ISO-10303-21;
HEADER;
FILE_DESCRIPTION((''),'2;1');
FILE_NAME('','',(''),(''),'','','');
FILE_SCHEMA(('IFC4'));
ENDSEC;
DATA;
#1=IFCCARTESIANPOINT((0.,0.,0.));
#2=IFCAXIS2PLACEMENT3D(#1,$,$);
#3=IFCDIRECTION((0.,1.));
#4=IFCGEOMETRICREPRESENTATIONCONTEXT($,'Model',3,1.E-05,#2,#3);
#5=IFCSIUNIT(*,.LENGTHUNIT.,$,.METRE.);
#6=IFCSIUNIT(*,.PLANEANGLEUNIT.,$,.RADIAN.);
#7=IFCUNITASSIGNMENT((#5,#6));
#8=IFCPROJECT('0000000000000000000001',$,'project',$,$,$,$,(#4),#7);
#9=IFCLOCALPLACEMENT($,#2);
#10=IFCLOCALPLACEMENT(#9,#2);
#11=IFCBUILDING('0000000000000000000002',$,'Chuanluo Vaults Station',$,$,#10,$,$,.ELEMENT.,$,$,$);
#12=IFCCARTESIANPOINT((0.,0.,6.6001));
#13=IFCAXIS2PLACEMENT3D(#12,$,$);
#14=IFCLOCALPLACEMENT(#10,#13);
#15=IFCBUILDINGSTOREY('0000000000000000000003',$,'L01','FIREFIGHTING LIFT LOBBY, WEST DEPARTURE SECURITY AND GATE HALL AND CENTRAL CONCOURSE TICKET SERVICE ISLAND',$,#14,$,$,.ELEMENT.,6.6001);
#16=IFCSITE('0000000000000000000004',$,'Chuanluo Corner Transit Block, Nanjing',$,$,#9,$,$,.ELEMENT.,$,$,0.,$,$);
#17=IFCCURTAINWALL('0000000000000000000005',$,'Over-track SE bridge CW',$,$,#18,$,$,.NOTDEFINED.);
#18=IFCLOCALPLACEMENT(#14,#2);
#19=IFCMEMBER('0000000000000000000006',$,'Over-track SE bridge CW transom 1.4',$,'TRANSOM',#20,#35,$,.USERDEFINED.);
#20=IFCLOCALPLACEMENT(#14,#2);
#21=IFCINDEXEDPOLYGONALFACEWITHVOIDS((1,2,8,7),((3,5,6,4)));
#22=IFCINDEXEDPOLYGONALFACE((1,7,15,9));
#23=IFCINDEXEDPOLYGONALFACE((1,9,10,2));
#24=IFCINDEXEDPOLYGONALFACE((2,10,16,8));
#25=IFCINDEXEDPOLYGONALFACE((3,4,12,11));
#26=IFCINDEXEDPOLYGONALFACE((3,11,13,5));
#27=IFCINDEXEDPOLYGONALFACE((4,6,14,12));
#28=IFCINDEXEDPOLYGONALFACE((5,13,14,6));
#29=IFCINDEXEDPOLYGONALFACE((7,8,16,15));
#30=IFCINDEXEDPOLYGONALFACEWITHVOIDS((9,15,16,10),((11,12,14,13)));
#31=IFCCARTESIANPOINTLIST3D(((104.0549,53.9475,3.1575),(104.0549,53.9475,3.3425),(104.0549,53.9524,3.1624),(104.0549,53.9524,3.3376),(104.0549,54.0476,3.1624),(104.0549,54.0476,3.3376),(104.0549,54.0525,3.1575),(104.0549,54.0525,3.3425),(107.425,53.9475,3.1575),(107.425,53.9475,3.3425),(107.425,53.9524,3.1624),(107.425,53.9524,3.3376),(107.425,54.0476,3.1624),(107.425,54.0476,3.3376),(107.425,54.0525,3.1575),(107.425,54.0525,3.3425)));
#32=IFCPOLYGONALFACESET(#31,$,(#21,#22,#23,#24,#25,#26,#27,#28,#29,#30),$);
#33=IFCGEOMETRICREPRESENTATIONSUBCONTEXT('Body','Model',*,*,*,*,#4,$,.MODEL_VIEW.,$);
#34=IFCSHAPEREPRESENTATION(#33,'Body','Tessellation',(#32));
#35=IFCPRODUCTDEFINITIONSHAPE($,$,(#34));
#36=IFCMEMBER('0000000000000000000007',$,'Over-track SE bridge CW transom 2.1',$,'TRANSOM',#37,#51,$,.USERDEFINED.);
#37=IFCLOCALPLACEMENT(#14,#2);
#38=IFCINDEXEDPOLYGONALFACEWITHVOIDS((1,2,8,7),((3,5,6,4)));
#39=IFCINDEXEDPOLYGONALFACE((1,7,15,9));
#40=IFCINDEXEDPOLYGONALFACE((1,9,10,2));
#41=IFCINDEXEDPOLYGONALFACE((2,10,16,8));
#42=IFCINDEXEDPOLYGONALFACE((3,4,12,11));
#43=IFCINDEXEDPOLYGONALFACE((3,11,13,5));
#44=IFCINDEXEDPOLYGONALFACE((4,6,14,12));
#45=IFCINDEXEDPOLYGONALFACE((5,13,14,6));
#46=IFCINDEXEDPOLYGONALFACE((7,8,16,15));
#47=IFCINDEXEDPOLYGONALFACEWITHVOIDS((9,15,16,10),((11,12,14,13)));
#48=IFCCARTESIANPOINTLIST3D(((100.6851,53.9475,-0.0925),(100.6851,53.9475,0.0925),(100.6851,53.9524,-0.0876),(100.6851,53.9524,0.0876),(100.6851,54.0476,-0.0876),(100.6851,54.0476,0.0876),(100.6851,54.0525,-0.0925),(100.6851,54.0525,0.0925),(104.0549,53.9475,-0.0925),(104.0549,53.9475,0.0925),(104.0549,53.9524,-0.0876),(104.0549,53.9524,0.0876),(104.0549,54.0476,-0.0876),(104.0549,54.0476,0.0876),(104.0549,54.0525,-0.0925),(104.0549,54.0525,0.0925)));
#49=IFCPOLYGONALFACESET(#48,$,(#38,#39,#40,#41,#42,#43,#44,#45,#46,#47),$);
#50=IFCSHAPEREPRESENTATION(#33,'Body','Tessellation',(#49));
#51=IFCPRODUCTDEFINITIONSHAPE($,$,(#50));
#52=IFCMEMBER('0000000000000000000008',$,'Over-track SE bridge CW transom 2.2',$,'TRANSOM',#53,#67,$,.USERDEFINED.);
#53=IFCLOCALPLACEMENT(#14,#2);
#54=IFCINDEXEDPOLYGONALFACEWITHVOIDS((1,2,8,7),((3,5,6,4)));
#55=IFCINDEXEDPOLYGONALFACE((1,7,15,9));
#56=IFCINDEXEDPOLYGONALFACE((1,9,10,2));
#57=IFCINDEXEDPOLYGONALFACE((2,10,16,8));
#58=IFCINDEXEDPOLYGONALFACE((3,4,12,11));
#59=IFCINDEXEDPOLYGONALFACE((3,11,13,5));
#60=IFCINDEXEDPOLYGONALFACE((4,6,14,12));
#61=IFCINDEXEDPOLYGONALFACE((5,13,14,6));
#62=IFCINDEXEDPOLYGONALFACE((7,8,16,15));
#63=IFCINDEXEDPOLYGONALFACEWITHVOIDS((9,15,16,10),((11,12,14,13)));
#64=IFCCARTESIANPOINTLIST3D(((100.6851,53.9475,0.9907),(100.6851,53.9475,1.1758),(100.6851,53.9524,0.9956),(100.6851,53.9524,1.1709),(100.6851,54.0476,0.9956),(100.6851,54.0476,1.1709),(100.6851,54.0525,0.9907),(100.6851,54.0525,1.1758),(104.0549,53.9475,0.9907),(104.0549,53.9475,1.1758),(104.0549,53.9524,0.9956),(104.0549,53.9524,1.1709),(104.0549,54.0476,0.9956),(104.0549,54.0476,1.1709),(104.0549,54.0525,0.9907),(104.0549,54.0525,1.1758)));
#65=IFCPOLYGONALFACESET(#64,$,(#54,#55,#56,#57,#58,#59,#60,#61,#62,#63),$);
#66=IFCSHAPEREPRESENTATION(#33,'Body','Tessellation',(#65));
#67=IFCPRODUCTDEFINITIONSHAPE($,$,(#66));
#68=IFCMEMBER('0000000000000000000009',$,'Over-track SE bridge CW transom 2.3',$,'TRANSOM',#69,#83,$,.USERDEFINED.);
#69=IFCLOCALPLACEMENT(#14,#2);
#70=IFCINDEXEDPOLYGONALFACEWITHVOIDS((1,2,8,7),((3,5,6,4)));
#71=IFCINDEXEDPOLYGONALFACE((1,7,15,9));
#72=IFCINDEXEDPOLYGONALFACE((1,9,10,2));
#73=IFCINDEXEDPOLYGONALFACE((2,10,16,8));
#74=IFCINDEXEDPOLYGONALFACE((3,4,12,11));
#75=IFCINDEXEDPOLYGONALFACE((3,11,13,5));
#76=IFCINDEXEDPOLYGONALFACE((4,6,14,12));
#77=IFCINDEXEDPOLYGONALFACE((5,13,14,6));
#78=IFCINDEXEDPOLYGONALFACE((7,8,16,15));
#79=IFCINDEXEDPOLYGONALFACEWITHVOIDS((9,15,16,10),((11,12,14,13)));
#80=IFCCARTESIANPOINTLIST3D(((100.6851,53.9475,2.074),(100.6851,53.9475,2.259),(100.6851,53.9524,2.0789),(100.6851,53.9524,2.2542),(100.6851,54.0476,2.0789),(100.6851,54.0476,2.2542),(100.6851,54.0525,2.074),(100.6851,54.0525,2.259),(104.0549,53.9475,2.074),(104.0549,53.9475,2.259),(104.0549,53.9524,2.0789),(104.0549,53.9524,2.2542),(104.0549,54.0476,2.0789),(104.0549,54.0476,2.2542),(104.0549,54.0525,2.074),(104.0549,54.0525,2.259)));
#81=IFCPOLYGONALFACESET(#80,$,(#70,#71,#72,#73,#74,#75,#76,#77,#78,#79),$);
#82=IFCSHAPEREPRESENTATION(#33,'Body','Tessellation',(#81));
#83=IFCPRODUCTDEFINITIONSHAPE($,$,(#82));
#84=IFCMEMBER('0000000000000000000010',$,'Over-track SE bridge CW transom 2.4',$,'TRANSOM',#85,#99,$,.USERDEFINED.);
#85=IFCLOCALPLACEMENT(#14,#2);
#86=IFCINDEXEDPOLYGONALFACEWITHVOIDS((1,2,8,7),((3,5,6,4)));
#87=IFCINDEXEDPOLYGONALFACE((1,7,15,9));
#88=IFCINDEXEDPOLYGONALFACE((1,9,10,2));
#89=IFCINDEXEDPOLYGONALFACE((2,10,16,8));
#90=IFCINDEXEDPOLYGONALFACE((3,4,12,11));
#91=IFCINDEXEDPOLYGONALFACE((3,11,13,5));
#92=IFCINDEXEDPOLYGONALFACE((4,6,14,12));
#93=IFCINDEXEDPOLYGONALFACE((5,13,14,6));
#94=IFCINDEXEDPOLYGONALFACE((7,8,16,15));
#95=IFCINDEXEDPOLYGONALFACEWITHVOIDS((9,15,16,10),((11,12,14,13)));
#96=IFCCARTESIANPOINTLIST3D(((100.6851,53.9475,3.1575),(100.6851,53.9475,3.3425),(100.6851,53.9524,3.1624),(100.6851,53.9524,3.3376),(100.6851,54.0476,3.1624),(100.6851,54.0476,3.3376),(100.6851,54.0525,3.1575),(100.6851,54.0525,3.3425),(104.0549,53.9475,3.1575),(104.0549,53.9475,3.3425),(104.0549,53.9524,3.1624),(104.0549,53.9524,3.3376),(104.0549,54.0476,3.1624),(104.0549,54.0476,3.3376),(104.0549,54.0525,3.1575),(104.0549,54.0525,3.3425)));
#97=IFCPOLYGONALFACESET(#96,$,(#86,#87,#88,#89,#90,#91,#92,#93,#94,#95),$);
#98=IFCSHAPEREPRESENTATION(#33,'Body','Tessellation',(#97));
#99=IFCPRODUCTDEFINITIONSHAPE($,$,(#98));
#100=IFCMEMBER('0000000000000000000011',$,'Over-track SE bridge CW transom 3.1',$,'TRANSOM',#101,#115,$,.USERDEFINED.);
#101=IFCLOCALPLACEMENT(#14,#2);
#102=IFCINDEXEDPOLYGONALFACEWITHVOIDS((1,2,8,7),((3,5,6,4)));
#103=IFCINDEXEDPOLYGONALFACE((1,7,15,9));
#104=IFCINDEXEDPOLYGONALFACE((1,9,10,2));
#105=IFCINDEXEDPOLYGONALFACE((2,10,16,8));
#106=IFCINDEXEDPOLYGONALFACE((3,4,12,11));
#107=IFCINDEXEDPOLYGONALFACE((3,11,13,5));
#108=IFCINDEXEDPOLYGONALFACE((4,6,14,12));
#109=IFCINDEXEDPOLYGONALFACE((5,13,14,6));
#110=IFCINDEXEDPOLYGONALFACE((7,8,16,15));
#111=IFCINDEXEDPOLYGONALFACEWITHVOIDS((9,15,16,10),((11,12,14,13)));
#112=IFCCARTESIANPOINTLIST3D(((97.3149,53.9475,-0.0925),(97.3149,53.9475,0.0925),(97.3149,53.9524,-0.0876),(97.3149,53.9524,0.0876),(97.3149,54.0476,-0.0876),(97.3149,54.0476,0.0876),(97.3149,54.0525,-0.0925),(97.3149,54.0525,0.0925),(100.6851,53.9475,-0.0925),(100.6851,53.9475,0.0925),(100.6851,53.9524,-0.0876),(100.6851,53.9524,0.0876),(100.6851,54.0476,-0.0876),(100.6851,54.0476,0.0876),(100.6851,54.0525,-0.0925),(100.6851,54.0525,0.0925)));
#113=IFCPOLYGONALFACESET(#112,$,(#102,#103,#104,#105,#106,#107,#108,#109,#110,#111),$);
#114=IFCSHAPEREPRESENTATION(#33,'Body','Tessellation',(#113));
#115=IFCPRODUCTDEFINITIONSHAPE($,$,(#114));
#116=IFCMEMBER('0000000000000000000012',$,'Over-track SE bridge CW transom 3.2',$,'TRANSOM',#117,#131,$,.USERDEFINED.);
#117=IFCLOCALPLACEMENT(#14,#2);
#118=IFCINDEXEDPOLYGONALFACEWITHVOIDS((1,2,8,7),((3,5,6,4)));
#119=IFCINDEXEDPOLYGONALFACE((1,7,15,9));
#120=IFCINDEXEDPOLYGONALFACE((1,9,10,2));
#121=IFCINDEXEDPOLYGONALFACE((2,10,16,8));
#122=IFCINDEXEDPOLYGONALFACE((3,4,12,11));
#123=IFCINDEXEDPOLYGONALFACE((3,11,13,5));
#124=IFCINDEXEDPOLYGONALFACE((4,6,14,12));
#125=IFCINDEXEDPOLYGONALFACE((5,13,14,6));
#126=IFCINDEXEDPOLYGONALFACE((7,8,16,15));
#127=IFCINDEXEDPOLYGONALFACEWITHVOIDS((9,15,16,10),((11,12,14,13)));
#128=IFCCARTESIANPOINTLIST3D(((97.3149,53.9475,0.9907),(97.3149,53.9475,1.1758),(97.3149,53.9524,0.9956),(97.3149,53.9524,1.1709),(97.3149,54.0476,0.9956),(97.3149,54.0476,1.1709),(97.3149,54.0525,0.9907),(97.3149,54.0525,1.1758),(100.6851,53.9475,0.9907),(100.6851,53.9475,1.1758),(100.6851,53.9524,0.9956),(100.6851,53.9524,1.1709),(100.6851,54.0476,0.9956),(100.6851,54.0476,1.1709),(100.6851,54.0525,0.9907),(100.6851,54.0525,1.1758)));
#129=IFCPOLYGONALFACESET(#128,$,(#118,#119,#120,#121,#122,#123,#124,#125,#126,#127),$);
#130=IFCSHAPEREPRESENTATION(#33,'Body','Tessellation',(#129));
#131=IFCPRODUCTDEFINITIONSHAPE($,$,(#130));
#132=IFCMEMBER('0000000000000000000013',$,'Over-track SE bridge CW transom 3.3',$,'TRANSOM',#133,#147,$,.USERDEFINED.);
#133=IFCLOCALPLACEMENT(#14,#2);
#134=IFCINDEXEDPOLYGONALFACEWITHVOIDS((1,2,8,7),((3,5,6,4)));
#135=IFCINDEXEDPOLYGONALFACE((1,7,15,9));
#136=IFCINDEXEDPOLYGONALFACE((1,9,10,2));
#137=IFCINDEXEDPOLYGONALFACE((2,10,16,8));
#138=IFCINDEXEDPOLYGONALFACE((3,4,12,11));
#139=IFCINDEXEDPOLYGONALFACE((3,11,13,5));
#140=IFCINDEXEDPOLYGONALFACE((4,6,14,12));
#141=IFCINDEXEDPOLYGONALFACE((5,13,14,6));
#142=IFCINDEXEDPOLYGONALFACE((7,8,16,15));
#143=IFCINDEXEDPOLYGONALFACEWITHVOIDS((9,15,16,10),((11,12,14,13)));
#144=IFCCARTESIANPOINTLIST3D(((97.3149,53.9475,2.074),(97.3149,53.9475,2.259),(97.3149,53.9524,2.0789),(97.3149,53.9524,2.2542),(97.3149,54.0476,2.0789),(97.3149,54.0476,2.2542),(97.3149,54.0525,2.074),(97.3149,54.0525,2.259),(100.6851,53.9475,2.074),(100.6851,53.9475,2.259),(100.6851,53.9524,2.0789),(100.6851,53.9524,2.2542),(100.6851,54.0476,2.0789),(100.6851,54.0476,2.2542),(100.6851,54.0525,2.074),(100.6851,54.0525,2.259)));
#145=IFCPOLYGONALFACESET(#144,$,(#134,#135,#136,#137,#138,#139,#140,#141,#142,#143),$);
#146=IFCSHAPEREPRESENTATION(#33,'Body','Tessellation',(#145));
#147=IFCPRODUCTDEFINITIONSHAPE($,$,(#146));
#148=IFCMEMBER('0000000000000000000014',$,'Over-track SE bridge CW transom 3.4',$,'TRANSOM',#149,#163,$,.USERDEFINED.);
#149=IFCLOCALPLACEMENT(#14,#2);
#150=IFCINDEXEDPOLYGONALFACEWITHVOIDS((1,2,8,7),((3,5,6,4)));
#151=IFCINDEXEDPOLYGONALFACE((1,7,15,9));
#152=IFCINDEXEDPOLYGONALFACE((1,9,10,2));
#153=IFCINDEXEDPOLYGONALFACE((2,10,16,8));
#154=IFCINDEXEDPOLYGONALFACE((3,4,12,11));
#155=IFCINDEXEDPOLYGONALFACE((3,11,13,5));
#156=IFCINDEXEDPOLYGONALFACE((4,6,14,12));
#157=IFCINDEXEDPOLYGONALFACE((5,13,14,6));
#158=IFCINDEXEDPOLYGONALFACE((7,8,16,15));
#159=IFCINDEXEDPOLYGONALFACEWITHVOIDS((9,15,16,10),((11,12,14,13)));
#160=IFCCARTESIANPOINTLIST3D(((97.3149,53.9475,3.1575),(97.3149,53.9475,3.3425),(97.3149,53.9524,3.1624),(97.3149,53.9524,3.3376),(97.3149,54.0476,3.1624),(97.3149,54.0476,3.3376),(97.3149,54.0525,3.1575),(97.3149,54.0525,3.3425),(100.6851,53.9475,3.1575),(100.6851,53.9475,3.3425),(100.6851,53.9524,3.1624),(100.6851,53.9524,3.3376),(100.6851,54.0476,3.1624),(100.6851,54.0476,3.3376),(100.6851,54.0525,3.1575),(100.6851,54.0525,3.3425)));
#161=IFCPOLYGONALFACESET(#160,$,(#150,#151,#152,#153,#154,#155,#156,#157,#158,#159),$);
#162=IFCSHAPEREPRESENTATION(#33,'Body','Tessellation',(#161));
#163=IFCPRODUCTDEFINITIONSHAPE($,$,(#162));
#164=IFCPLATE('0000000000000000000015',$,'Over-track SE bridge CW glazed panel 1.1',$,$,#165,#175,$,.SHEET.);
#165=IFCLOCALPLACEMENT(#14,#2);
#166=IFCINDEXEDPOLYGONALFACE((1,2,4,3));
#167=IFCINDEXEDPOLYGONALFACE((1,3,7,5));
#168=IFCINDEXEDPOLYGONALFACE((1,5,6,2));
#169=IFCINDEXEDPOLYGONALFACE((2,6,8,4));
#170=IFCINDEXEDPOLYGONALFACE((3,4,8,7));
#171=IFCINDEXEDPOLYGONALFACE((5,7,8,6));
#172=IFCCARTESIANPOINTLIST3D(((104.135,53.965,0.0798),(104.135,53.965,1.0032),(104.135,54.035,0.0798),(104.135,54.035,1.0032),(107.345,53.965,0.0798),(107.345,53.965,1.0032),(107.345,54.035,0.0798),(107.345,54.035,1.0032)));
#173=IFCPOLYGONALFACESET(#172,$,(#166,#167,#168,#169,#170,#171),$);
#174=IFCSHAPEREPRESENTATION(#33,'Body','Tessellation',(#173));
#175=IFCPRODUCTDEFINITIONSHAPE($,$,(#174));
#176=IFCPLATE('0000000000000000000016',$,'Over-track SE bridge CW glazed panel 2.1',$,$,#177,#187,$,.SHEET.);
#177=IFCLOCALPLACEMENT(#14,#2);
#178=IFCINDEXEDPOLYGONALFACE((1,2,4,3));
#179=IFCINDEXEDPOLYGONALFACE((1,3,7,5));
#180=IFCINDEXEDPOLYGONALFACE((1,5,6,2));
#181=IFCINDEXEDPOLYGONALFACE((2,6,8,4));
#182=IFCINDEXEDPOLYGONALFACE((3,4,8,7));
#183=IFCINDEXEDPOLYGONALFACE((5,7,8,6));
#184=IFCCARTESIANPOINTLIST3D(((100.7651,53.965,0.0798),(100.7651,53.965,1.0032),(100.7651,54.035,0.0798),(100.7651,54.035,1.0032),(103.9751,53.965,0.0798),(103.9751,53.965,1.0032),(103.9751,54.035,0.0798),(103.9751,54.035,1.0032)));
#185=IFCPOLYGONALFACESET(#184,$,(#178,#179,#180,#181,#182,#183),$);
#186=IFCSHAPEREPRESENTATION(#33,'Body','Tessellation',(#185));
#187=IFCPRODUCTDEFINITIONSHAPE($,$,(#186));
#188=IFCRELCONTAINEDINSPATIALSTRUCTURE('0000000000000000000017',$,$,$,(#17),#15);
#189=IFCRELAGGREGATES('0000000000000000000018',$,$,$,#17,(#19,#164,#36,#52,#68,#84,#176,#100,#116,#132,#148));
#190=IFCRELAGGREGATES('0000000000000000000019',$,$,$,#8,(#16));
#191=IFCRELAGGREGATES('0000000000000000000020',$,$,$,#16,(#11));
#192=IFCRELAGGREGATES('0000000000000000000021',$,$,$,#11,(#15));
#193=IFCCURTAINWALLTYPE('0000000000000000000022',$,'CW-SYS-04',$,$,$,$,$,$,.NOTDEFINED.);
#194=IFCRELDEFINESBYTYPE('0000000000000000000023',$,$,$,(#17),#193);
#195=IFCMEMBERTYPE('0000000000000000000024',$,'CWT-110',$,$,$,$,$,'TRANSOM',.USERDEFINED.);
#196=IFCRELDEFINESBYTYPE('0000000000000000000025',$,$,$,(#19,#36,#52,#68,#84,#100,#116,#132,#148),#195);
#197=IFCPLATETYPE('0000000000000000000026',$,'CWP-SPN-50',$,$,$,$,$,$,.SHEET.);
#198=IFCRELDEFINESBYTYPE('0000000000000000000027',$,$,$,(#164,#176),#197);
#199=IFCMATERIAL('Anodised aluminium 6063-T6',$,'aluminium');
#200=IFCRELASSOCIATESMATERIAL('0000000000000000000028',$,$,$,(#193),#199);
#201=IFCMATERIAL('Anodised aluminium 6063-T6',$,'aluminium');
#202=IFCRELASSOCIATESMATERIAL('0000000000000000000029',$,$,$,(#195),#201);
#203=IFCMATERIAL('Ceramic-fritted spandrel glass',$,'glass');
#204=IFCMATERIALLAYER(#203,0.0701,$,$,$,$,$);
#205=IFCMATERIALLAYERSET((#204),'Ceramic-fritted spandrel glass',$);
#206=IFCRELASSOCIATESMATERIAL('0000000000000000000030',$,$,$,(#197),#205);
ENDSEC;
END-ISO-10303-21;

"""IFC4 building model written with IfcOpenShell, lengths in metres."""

from ifc_helpers import new_model, si_unit, direction, frame, origin, origin_2d, place, context, subcontext, project, spatial, rectangle, hollow_rectangle, extrude, material, layer, layer_set, material_profile, profile_set, type_object, element, aggregate, save


model = new_model("IFC4")

# Units and contexts
model_context = context("Model", 3, precision=1e-05, world=origin(), true_north=direction((0.0, 1.0)))
body_context = subcontext(model_context, "Body", "Model", "MODEL_VIEW")
ifc_project = project(units=[si_unit("LENGTHUNIT", "METRE"), si_unit("PLANEANGLEUNIT", "RADIAN")], contexts=[model_context])

# Site, building, storey
site_placement = place(None, origin())
site = spatial("IfcSite", under=ifc_project, at=site_placement, Name="Chuanluo Corner Transit Block, Nanjing", CompositionType="ELEMENT", RefElevation=0.0)
building_placement = place(site_placement, origin())
building = spatial("IfcBuilding", under=site, at=building_placement, Name="Chuanluo Vaults Station", CompositionType="ELEMENT")
storey_placement = place(building_placement, frame((0.0, 0.0, 6.6001)))
storey = spatial("IfcBuildingStorey", under=building, at=storey_placement, Name="L01", Description="FIREFIGHTING LIFT LOBBY, WEST DEPARTURE SECURITY AND GATE HALL AND CENTRAL CONCOURSE TICKET SERVICE ISLAND", CompositionType="ELEMENT", Elevation=6.6001)

# Curtain wall, members, plates
ifc_material_1 = material(Name="Anodised aluminium 6063-T6", Category="aluminium")
curtain_wall_type = type_object("IfcCurtainWallType", Name="CW-SYS-04", PredefinedType="NOTDEFINED", material=ifc_material_1)
curtain_wall_placement = place(storey_placement, origin())
curtain_wall = element("IfcCurtainWall", 1, at=curtain_wall_placement, inside=storey, type_object=curtain_wall_type, Name="Over-track SE bridge CW", PredefinedType="NOTDEFINED")
ifc_material_2 = material(Name="Anodised aluminium 6063-T6", Category="aluminium")
ifc_material_profile_1 = material_profile(ifc_material_2, hollow_rectangle(XDim=0.105, YDim=0.1851, WallThickness=0.0049, at=origin_2d()))
ifc_profile_set_1 = profile_set([ifc_material_profile_1], Name="Anodised aluminium 6063-T6")
member_type_1 = type_object("IfcMemberType", Name="CWT-110", ElementType="TRANSOM", PredefinedType="USERDEFINED", material=ifc_profile_set_1)
member_1_placement = place(storey_placement, frame((107.425, 54.0, 3.25), z_axis=(-1.0, 0.0, 0.0), x_axis=(0.0, -1.0, 0.0)))
member_1 = element("IfcMember", 2, at=member_1_placement, type_object=member_type_1, Name="Over-track SE bridge CW transom 1.4", ObjectType="TRANSOM", PredefinedType="USERDEFINED", context=body_context, shape_type="SweptSolid", body=[
    extrude(hollow_rectangle(XDim=0.105, YDim=0.1851, WallThickness=0.0049, at=origin_2d()), origin(), (0.0, 0.0, 1.0), 3.3701),
])
member_2_placement = place(storey_placement, frame((104.0549, 54.0, 0.0), z_axis=(-1.0, 0.0, 0.0), x_axis=(0.0, -1.0, 0.0)))
member_2 = element("IfcMember", 3, at=member_2_placement, type_object=member_type_1, Name="Over-track SE bridge CW transom 2.1", ObjectType="TRANSOM", PredefinedType="USERDEFINED", context=body_context, shape_type="SweptSolid", body=[
    extrude(hollow_rectangle(XDim=0.105, YDim=0.1851, WallThickness=0.0049, at=origin_2d()), origin(), (0.0, 0.0, 1.0), 3.3699),
])
member_3_placement = place(storey_placement, frame((104.0549, 54.0, 1.0833), z_axis=(-1.0, 0.0, 0.0), x_axis=(0.0, -1.0, 0.0)))
member_3 = element("IfcMember", 4, at=member_3_placement, type_object=member_type_1, Name="Over-track SE bridge CW transom 2.2", ObjectType="TRANSOM", PredefinedType="USERDEFINED", context=body_context, shape_type="SweptSolid", body=[
    extrude(hollow_rectangle(XDim=0.105, YDim=0.1851, WallThickness=0.0049, at=origin_2d()), origin(), (0.0, 0.0, 1.0), 3.3699),
])
member_4_placement = place(storey_placement, frame((104.0549, 54.0, 2.1665), z_axis=(-1.0, 0.0, 0.0), x_axis=(0.0, -1.0, 0.0)))
member_4 = element("IfcMember", 5, at=member_4_placement, type_object=member_type_1, Name="Over-track SE bridge CW transom 2.3", ObjectType="TRANSOM", PredefinedType="USERDEFINED", context=body_context, shape_type="SweptSolid", body=[
    extrude(hollow_rectangle(XDim=0.105, YDim=0.1851, WallThickness=0.0049, at=origin_2d()), origin(), (0.0, 0.0, 1.0), 3.3699),
])
member_5_placement = place(storey_placement, frame((104.0549, 54.0, 3.25), z_axis=(-1.0, 0.0, 0.0), x_axis=(0.0, -1.0, 0.0)))
member_5 = element("IfcMember", 6, at=member_5_placement, type_object=member_type_1, Name="Over-track SE bridge CW transom 2.4", ObjectType="TRANSOM", PredefinedType="USERDEFINED", context=body_context, shape_type="SweptSolid", body=[
    extrude(hollow_rectangle(XDim=0.105, YDim=0.1851, WallThickness=0.0049, at=origin_2d()), origin(), (0.0, 0.0, 1.0), 3.3699),
])
member_6_placement = place(storey_placement, frame((100.6851, 54.0, 0.0), z_axis=(-1.0, 0.0, 0.0), x_axis=(0.0, -1.0, 0.0)))
member_6 = element("IfcMember", 7, at=member_6_placement, type_object=member_type_1, Name="Over-track SE bridge CW transom 3.1", ObjectType="TRANSOM", PredefinedType="USERDEFINED", context=body_context, shape_type="SweptSolid", body=[
    extrude(hollow_rectangle(XDim=0.105, YDim=0.1851, WallThickness=0.0049, at=origin_2d()), origin(), (0.0, 0.0, 1.0), 3.3701),
])
member_7_placement = place(storey_placement, frame((100.6851, 54.0, 1.0833), z_axis=(-1.0, 0.0, 0.0), x_axis=(0.0, -1.0, 0.0)))
member_7 = element("IfcMember", 8, at=member_7_placement, type_object=member_type_1, Name="Over-track SE bridge CW transom 3.2", ObjectType="TRANSOM", PredefinedType="USERDEFINED", context=body_context, shape_type="SweptSolid", body=[
    extrude(hollow_rectangle(XDim=0.105, YDim=0.1851, WallThickness=0.0049, at=origin_2d()), origin(), (0.0, 0.0, 1.0), 3.3701),
])
member_8_placement = place(storey_placement, frame((100.6851, 54.0, 2.1665), z_axis=(-1.0, 0.0, 0.0), x_axis=(0.0, -1.0, 0.0)))
member_8 = element("IfcMember", 9, at=member_8_placement, type_object=member_type_1, Name="Over-track SE bridge CW transom 3.3", ObjectType="TRANSOM", PredefinedType="USERDEFINED", context=body_context, shape_type="SweptSolid", body=[
    extrude(hollow_rectangle(XDim=0.105, YDim=0.1851, WallThickness=0.0049, at=origin_2d()), origin(), (0.0, 0.0, 1.0), 3.3701),
])
member_9_placement = place(storey_placement, frame((100.6851, 54.0, 3.25), z_axis=(-1.0, 0.0, 0.0), x_axis=(0.0, -1.0, 0.0)))
member_9 = element("IfcMember", 10, at=member_9_placement, type_object=member_type_1, Name="Over-track SE bridge CW transom 3.4", ObjectType="TRANSOM", PredefinedType="USERDEFINED", context=body_context, shape_type="SweptSolid", body=[
    extrude(hollow_rectangle(XDim=0.105, YDim=0.1851, WallThickness=0.0049, at=origin_2d()), origin(), (0.0, 0.0, 1.0), 3.3701),
])
ifc_material_3 = material(Name="Ceramic-fritted spandrel glass", Category="glass")
ifc_layer_1 = layer(ifc_material_3, 0.0701)
ifc_layer_set_1 = layer_set([ifc_layer_1], Name="Ceramic-fritted spandrel glass")
plate_type_1 = type_object("IfcPlateType", Name="CWP-SPN-50", PredefinedType="SHEET", material=ifc_layer_set_1)
plate_1_placement = place(storey_placement, frame((105.74, 54.0, 0.0798), z_axis=(0.0, 0.0, 1.0), x_axis=(-1.0, 0.0, 0.0)))
plate_1 = element("IfcPlate", 11, at=plate_1_placement, type_object=plate_type_1, Name="Over-track SE bridge CW glazed panel 1.1", PredefinedType="SHEET", context=body_context, shape_type="SweptSolid", body=[
    extrude(rectangle(XDim=3.21, YDim=0.0701, at=origin_2d()), origin(), (0.0, 0.0, 1.0), 0.9233),
])
plate_2_placement = place(storey_placement, frame((102.3701, 54.0, 0.0798), z_axis=(0.0, 0.0, 1.0), x_axis=(-1.0, 0.0, 0.0)))
plate_2 = element("IfcPlate", 12, at=plate_2_placement, type_object=plate_type_1, Name="Over-track SE bridge CW glazed panel 2.1", PredefinedType="SHEET", context=body_context, shape_type="SweptSolid", body=[
    extrude(rectangle(XDim=3.21, YDim=0.0701, at=origin_2d()), origin(), (0.0, 0.0, 1.0), 0.9233),
])
aggregate(curtain_wall, [member_1, plate_1, member_2, member_3, member_4, member_5, plate_2, member_6, member_7, member_8, member_9])

save(model, "model.ifc")
